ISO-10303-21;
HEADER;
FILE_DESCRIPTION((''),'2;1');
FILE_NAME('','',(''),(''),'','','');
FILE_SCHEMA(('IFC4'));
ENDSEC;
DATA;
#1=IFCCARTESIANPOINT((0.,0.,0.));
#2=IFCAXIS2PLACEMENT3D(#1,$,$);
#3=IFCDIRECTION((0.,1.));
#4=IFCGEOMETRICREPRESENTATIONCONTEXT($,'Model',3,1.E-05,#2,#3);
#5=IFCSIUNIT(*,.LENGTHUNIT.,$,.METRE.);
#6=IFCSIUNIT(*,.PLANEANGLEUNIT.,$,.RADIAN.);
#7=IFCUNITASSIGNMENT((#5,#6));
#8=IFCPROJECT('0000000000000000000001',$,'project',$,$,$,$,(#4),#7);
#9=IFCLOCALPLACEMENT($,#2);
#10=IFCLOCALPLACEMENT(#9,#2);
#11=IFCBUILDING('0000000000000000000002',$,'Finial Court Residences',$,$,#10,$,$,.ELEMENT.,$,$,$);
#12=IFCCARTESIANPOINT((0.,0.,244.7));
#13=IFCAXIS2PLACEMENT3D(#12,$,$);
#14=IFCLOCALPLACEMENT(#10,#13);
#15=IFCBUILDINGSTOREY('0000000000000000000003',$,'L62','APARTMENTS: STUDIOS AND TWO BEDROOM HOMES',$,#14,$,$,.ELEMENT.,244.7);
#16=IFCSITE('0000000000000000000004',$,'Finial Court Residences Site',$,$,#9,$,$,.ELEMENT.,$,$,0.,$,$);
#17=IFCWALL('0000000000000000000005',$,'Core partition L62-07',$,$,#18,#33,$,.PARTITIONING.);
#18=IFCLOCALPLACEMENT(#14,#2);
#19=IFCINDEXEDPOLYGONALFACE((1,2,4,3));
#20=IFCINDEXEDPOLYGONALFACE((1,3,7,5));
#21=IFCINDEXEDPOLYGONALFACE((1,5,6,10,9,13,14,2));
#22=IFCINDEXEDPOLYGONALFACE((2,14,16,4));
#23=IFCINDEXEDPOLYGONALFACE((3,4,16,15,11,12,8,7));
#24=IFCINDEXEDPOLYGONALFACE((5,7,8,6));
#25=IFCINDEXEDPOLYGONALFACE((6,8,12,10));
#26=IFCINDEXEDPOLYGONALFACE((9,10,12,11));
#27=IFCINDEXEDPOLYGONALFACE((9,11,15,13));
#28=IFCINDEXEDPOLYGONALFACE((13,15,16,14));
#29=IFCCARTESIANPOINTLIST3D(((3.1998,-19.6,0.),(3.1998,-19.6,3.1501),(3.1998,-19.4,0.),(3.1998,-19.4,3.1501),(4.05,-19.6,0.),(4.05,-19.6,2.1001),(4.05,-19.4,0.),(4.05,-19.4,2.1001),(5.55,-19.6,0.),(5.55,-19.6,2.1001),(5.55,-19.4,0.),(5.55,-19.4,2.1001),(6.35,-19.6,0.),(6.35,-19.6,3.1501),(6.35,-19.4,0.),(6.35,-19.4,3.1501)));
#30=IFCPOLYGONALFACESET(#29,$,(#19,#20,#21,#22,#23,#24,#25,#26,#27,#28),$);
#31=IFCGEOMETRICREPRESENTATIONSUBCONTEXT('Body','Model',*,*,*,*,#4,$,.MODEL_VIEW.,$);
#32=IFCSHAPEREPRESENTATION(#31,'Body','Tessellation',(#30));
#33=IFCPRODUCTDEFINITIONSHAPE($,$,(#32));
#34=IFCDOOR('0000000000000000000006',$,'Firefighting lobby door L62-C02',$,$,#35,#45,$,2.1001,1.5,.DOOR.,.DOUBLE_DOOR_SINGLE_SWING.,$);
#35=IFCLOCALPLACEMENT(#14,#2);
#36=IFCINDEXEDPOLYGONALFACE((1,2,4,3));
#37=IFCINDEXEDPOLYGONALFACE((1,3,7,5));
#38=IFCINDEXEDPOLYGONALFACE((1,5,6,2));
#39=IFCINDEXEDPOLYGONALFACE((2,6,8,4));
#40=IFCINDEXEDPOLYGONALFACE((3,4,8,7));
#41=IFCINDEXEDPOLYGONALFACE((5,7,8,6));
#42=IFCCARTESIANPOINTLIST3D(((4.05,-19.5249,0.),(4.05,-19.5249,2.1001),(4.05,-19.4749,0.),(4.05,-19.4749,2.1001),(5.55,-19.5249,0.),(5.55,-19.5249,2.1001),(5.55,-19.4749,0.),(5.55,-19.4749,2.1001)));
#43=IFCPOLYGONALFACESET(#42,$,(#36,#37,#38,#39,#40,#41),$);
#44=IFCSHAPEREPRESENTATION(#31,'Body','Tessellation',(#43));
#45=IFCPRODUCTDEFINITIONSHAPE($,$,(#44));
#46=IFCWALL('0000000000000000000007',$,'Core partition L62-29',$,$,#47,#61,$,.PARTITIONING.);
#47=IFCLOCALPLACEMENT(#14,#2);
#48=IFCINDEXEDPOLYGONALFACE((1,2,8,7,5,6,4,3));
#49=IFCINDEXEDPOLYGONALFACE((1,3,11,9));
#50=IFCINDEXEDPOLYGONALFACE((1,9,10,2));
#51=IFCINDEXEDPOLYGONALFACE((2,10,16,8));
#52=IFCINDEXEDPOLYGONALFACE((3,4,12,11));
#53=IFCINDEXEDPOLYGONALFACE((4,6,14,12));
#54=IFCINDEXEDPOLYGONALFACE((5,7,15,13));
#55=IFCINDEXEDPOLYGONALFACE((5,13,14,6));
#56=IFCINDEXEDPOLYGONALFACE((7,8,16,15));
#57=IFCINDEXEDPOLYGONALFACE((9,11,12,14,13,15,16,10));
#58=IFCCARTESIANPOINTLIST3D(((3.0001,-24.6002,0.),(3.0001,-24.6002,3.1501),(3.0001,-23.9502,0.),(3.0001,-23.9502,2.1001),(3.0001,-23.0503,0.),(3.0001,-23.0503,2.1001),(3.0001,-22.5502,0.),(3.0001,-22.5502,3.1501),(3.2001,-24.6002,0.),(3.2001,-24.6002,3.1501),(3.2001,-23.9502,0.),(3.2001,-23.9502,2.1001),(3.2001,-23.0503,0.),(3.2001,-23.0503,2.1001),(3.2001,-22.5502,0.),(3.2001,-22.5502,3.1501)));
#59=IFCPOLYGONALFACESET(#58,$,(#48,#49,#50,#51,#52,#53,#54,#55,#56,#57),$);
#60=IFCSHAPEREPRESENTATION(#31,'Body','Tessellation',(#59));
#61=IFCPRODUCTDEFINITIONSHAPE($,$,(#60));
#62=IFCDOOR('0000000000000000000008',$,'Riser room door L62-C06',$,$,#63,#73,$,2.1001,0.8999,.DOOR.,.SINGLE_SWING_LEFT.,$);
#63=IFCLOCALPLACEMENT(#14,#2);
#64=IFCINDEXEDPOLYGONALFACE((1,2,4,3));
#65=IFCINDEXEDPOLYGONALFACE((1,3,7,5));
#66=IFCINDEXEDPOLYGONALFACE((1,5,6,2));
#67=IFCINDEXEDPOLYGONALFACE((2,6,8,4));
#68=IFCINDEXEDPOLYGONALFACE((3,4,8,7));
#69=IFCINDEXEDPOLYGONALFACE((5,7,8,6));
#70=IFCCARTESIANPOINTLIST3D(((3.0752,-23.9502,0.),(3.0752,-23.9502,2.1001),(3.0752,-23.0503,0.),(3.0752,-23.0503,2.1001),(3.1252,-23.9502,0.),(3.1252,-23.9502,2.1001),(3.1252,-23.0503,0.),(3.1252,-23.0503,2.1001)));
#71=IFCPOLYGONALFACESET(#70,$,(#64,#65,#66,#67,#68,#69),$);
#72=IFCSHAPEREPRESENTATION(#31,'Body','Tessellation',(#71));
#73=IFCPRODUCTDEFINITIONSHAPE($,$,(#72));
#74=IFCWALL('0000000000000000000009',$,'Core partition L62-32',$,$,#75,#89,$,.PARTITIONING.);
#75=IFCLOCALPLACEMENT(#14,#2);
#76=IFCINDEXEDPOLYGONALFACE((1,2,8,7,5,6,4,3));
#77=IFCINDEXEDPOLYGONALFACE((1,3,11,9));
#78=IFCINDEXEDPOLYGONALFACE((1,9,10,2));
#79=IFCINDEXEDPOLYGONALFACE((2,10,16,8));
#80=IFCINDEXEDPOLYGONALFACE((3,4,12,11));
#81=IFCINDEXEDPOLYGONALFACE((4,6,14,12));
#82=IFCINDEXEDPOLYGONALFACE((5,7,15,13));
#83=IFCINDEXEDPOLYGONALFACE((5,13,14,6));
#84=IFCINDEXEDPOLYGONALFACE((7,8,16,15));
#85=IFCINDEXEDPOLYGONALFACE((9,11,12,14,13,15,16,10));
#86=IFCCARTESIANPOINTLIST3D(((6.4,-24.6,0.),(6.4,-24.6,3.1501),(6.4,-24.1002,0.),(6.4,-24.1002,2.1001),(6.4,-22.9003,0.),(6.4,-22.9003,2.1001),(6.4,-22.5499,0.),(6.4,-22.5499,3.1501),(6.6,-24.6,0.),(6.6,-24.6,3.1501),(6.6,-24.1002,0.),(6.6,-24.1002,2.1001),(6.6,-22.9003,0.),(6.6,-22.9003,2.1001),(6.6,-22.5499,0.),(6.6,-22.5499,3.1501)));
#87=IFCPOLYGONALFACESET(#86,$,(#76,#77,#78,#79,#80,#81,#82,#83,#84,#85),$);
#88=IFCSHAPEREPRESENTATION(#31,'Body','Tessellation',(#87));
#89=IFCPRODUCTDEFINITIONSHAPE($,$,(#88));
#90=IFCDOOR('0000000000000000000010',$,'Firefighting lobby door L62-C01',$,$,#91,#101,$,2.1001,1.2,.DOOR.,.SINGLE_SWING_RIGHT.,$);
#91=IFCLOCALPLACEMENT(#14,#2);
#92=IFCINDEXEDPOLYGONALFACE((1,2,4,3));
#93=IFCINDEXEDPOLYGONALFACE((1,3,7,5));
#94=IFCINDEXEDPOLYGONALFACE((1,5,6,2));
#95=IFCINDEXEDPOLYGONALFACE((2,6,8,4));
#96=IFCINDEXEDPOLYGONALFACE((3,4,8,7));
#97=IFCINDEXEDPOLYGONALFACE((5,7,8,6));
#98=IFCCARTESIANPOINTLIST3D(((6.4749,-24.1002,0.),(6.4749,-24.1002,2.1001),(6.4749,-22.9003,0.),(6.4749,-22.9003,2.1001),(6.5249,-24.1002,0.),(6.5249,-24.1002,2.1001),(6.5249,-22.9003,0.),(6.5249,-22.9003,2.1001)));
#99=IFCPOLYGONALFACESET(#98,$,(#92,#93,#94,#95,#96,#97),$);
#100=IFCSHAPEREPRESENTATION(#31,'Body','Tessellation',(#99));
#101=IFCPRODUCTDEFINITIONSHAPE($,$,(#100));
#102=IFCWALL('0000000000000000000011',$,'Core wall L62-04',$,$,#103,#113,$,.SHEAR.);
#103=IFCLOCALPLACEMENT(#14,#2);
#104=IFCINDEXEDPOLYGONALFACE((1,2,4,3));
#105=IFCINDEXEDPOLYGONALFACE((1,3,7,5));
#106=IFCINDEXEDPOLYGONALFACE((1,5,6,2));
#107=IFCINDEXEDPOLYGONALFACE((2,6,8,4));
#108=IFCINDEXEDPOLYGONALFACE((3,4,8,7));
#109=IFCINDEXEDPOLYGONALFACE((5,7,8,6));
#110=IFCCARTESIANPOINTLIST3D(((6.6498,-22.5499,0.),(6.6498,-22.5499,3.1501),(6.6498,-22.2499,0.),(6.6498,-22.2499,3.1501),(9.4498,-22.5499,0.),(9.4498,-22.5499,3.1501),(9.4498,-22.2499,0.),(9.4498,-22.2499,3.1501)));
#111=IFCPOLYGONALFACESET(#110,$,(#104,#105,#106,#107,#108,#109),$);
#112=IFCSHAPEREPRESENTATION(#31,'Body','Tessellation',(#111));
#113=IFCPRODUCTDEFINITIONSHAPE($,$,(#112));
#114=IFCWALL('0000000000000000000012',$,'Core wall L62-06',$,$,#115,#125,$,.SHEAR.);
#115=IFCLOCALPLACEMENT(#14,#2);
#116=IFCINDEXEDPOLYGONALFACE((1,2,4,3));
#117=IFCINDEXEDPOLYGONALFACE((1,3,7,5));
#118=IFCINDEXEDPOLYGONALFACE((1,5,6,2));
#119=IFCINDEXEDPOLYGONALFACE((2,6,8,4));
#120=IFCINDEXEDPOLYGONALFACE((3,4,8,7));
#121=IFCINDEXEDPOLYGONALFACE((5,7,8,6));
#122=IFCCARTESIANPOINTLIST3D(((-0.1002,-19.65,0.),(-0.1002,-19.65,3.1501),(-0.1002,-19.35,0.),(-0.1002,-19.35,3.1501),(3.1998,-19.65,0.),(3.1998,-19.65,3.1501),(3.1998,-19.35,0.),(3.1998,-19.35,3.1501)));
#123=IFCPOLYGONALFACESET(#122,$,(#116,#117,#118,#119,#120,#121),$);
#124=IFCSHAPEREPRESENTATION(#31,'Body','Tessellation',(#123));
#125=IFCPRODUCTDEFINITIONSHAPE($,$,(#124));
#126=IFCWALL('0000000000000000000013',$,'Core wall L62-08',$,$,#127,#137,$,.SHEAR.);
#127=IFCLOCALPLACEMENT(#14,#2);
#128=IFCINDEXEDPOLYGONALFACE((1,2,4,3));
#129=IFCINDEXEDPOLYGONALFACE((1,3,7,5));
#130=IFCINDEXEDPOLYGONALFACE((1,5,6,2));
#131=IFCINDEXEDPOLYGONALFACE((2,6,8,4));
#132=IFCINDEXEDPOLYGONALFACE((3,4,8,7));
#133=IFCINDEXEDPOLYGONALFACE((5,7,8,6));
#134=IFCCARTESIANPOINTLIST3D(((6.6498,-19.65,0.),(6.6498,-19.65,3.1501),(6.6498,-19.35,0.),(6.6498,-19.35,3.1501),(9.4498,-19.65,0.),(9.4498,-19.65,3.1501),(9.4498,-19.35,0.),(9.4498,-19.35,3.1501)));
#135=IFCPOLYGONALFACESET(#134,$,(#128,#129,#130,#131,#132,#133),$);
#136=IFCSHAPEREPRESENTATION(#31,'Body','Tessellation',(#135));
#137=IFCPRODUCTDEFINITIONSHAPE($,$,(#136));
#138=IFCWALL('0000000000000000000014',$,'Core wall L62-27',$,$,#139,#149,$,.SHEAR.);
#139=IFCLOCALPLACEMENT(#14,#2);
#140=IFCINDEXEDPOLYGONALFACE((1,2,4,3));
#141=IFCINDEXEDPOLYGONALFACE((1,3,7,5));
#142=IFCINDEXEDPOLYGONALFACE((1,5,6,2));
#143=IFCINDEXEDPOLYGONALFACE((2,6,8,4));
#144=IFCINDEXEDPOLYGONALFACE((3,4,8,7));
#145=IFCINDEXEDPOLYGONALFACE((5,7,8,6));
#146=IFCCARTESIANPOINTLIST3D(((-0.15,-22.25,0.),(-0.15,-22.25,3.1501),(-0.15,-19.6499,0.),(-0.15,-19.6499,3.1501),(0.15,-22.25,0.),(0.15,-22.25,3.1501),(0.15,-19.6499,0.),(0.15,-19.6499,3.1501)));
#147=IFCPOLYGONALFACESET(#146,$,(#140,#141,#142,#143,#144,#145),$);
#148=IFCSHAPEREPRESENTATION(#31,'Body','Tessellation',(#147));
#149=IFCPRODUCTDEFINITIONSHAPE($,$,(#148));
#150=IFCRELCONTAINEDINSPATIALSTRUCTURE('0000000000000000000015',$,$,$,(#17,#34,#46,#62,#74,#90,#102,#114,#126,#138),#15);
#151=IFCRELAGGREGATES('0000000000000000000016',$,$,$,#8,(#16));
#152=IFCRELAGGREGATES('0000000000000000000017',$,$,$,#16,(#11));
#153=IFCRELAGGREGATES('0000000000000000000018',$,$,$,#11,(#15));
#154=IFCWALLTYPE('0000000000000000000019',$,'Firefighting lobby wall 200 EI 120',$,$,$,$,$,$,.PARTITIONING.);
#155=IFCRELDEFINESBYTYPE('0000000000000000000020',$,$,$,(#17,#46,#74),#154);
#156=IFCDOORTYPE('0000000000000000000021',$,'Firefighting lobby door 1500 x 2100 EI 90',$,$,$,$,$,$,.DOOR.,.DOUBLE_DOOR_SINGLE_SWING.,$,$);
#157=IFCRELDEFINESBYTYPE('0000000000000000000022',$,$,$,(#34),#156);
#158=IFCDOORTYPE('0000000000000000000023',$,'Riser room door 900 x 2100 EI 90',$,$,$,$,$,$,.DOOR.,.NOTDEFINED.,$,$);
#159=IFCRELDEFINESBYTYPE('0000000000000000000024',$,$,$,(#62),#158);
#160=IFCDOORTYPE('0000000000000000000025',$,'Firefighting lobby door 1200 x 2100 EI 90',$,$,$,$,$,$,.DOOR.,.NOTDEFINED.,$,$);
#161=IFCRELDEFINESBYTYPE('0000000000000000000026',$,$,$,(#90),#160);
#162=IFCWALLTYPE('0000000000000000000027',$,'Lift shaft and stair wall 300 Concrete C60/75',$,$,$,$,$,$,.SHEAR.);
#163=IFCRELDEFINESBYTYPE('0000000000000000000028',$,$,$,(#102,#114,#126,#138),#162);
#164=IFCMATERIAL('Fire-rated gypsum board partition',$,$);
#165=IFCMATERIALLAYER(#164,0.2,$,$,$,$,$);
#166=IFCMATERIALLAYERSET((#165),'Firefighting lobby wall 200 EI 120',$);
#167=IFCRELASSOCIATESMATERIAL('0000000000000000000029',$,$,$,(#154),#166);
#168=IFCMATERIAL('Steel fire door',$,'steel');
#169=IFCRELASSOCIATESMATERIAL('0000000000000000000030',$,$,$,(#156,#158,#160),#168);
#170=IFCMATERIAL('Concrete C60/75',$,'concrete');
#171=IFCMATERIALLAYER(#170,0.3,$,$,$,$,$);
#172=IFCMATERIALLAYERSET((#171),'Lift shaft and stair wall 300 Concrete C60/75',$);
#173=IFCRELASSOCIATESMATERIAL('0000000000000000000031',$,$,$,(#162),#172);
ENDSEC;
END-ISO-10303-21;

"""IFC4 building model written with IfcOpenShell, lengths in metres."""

from ifc_helpers import new_model, si_unit, direction, frame, frame_2d, origin, place, context, subcontext, project, spatial, rectangle, extrude, material, layer, layer_set, type_object, element, fill, save


model = new_model("IFC4")

# Units and contexts
model_context = context("Model", 3, precision=1e-05, world=origin(), true_north=direction((0.0, 1.0)))
body_context = subcontext(model_context, "Body", "Model", "MODEL_VIEW")
ifc_project = project(units=[si_unit("LENGTHUNIT", "METRE"), si_unit("PLANEANGLEUNIT", "RADIAN")], contexts=[model_context])

# Site, building, storey
site_placement = place(None, origin())
site = spatial("IfcSite", under=ifc_project, at=site_placement, Name="Finial Court Residences Site", CompositionType="ELEMENT", RefElevation=0.0)
building_placement = place(site_placement, origin())
building = spatial("IfcBuilding", under=site, at=building_placement, Name="Finial Court Residences", CompositionType="ELEMENT")
storey_placement = place(building_placement, frame((0.0, 0.0, 244.7)))
storey = spatial("IfcBuildingStorey", under=building, at=storey_placement, Name="L62", Description="APARTMENTS: STUDIOS AND TWO BEDROOM HOMES", CompositionType="ELEMENT", Elevation=244.7)

# Walls, openings, doors
ifc_material_1 = material(Name="Fire-rated gypsum board partition")
ifc_layer_1 = layer(ifc_material_1, 0.2)
ifc_layer_set_1 = layer_set([ifc_layer_1], Name="Firefighting lobby wall 200 EI 120")
wall_type_1 = type_object("IfcWallType", Name="Firefighting lobby wall 200 EI 120", PredefinedType="PARTITIONING", material=ifc_layer_set_1)
wall_1_placement = place(storey_placement, frame((6.3501, -19.5, 0.0), z_axis=(0.0, 0.0, 1.0), x_axis=(-1.0, 0.0, 0.0)))
wall_1 = element("IfcWall", 1, at=wall_1_placement, inside=storey, type_object=wall_type_1, Name="Core partition L62-07", PredefinedType="PARTITIONING", context=body_context, shape_type="SweptSolid", body=[
    extrude(rectangle(XDim=3.1501, YDim=0.2, at=frame_2d((1.5752, 0.0))), origin(), (0.0, 0.0, 1.0), 3.1501),
])
opening_1_placement = place(wall_1_placement, frame((0.8, 0.0, 0.0)))
opening_1 = element("IfcOpeningElement", 2, at=opening_1_placement, cuts=wall_1, PredefinedType="OPENING", context=body_context, shape_type="SweptSolid", body=[
    extrude(rectangle(XDim=1.5, YDim=2.1001, at=frame_2d((0.75, 1.05))), frame((0.0, 0.1099, 0.0), z_axis=(0.0, -1.0, 0.0), x_axis=(1.0, 0.0, 0.0)), (0.0, 0.0, 1.0), 0.22),
])
ifc_material_2 = material(Name="Steel fire door", Category="steel")
door_type_1 = type_object("IfcDoorType", Name="Firefighting lobby door 1500 x 2100 EI 90", OperationType="DOUBLE_DOOR_SINGLE_SWING", PredefinedType="DOOR", material=ifc_material_2)
door_1_placement = place(opening_1_placement, origin())
door_1 = element("IfcDoor", 3, at=door_1_placement, inside=storey, type_object=door_type_1, Name="Firefighting lobby door L62-C02", OperationType="DOUBLE_DOOR_SINGLE_SWING", OverallHeight=2.1001, OverallWidth=1.5, PredefinedType="DOOR", context=body_context, shape_type="SweptSolid", body=[
    extrude(rectangle(XDim=1.5, YDim=2.1001, at=frame_2d((0.75, 1.05))), frame((0.0, 0.0249, 0.0), z_axis=(0.0, -1.0, 0.0), x_axis=(1.0, 0.0, 0.0)), (0.0, 0.0, 1.0), 0.05),
])
fill(opening_1, door_1)
wall_2_placement = place(storey_placement, frame((3.1001, -24.6001, 0.0), z_axis=(0.0, 0.0, 1.0), x_axis=(0.0, 1.0, 0.0)))
wall_2 = element("IfcWall", 4, at=wall_2_placement, inside=storey, type_object=wall_type_1, Name="Core partition L62-29", PredefinedType="PARTITIONING", context=body_context, shape_type="SweptSolid", body=[
    extrude(rectangle(XDim=2.05, YDim=0.2, at=frame_2d((1.0249, 0.0))), origin(), (0.0, 0.0, 1.0), 3.1501),
])
opening_2_placement = place(wall_2_placement, frame((0.6499, 0.0, 0.0)))
opening_2 = element("IfcOpeningElement", 5, at=opening_2_placement, cuts=wall_2, PredefinedType="OPENING", context=body_context, shape_type="SweptSolid", body=[
    extrude(rectangle(XDim=0.8999, YDim=2.1001, at=frame_2d((0.45, 1.05))), frame((0.0, 0.1099, 0.0), z_axis=(0.0, -1.0, 0.0), x_axis=(1.0, 0.0, 0.0)), (0.0, 0.0, 1.0), 0.22),
])
door_type_2 = type_object("IfcDoorType", Name="Riser room door 900 x 2100 EI 90", OperationType="NOTDEFINED", PredefinedType="DOOR", material=ifc_material_2)
door_2_placement = place(opening_2_placement, origin())
door_2 = element("IfcDoor", 6, at=door_2_placement, inside=storey, type_object=door_type_2, Name="Riser room door L62-C06", OperationType="SINGLE_SWING_LEFT", OverallHeight=2.1001, OverallWidth=0.8999, PredefinedType="DOOR", context=body_context, shape_type="SweptSolid", body=[
    extrude(rectangle(XDim=0.8999, YDim=2.1001, at=frame_2d((0.45, 1.05))), frame((0.0, 0.0249, 0.0), z_axis=(0.0, -1.0, 0.0), x_axis=(1.0, 0.0, 0.0)), (0.0, 0.0, 1.0), 0.05),
])
fill(opening_2, door_2)
wall_3_placement = place(storey_placement, frame((6.5, -22.55, 0.0), z_axis=(0.0, 0.0, 1.0), x_axis=(0.0, -1.0, 0.0)))
wall_3 = element("IfcWall", 7, at=wall_3_placement, inside=storey, type_object=wall_type_1, Name="Core partition L62-32", PredefinedType="PARTITIONING", context=body_context, shape_type="SweptSolid", body=[
    extrude(rectangle(XDim=2.05, YDim=0.2, at=frame_2d((1.0249, 0.0))), origin(), (0.0, 0.0, 1.0), 3.1501),
])
opening_3_placement = place(wall_3_placement, frame((0.3501, 0.0, 0.0)))
opening_3 = element("IfcOpeningElement", 8, at=opening_3_placement, cuts=wall_3, PredefinedType="OPENING", context=body_context, shape_type="SweptSolid", body=[
    extrude(rectangle(XDim=1.2, YDim=2.1001, at=frame_2d((0.6001, 1.05))), frame((0.0, 0.1099, 0.0), z_axis=(0.0, -1.0, 0.0), x_axis=(1.0, 0.0, 0.0)), (0.0, 0.0, 1.0), 0.22),
])
door_type_3 = type_object("IfcDoorType", Name="Firefighting lobby door 1200 x 2100 EI 90", OperationType="NOTDEFINED", PredefinedType="DOOR", material=ifc_material_2)
door_3_placement = place(opening_3_placement, origin())
door_3 = element("IfcDoor", 9, at=door_3_placement, inside=storey, type_object=door_type_3, Name="Firefighting lobby door L62-C01", OperationType="SINGLE_SWING_RIGHT", OverallHeight=2.1001, OverallWidth=1.2, PredefinedType="DOOR", context=body_context, shape_type="SweptSolid", body=[
    extrude(rectangle(XDim=1.2, YDim=2.1001, at=frame_2d((0.6001, 1.05))), frame((0.0, 0.0249, 0.0), z_axis=(0.0, -1.0, 0.0), x_axis=(1.0, 0.0, 0.0)), (0.0, 0.0, 1.0), 0.05),
])
fill(opening_3, door_3)

# Walls
ifc_material_3 = material(Name="Concrete C60/75", Category="concrete")
ifc_layer_2 = layer(ifc_material_3, 0.3)
ifc_layer_set_2 = layer_set([ifc_layer_2], Name="Lift shaft and stair wall 300 Concrete C60/75")
wall_type_2 = type_object("IfcWallType", Name="Lift shaft and stair wall 300 Concrete C60/75", PredefinedType="SHEAR", material=ifc_layer_set_2)
wall_4_placement = place(storey_placement, frame((6.6499, -22.3999, 0.0), z_axis=(0.0, 0.0, 1.0), x_axis=(1.0, 0.0, 0.0)))
element("IfcWall", 10, at=wall_4_placement, inside=storey, type_object=wall_type_2, Name="Core wall L62-04", PredefinedType="SHEAR", context=body_context, shape_type="SweptSolid", body=[
    extrude(rectangle(XDim=2.8, YDim=0.3, at=frame_2d((1.3999, 0.0))), origin(), (0.0, 0.0, 1.0), 3.1501),
])
wall_5_placement = place(storey_placement, frame((-0.1001, -19.5, 0.0), z_axis=(0.0, 0.0, 1.0), x_axis=(1.0, 0.0, 0.0)))
element("IfcWall", 11, at=wall_5_placement, inside=storey, type_object=wall_type_2, Name="Core wall L62-06", PredefinedType="SHEAR", context=body_context, shape_type="SweptSolid", body=[
    extrude(rectangle(XDim=3.3, YDim=0.3, at=frame_2d((1.6499, 0.0))), origin(), (0.0, 0.0, 1.0), 3.1501),
])
wall_6_placement = place(storey_placement, frame((6.6499, -19.5, 0.0), z_axis=(0.0, 0.0, 1.0), x_axis=(1.0, 0.0, 0.0)))
element("IfcWall", 12, at=wall_6_placement, inside=storey, type_object=wall_type_2, Name="Core wall L62-08", PredefinedType="SHEAR", context=body_context, shape_type="SweptSolid", body=[
    extrude(rectangle(XDim=2.8, YDim=0.3, at=frame_2d((1.3999, 0.0))), origin(), (0.0, 0.0, 1.0), 3.1501),
])
wall_7_placement = place(storey_placement, frame((0.0, -22.25, 0.0), z_axis=(0.0, 0.0, 1.0), x_axis=(0.0, 1.0, 0.0)))
element("IfcWall", 13, at=wall_7_placement, inside=storey, type_object=wall_type_2, Name="Core wall L62-27", PredefinedType="SHEAR", context=body_context, shape_type="SweptSolid", body=[
    extrude(rectangle(XDim=2.6001, YDim=0.3, at=frame_2d((1.3, 0.0))), origin(), (0.0, 0.0, 1.0), 3.1501),
])

save(model, "model.ifc")
